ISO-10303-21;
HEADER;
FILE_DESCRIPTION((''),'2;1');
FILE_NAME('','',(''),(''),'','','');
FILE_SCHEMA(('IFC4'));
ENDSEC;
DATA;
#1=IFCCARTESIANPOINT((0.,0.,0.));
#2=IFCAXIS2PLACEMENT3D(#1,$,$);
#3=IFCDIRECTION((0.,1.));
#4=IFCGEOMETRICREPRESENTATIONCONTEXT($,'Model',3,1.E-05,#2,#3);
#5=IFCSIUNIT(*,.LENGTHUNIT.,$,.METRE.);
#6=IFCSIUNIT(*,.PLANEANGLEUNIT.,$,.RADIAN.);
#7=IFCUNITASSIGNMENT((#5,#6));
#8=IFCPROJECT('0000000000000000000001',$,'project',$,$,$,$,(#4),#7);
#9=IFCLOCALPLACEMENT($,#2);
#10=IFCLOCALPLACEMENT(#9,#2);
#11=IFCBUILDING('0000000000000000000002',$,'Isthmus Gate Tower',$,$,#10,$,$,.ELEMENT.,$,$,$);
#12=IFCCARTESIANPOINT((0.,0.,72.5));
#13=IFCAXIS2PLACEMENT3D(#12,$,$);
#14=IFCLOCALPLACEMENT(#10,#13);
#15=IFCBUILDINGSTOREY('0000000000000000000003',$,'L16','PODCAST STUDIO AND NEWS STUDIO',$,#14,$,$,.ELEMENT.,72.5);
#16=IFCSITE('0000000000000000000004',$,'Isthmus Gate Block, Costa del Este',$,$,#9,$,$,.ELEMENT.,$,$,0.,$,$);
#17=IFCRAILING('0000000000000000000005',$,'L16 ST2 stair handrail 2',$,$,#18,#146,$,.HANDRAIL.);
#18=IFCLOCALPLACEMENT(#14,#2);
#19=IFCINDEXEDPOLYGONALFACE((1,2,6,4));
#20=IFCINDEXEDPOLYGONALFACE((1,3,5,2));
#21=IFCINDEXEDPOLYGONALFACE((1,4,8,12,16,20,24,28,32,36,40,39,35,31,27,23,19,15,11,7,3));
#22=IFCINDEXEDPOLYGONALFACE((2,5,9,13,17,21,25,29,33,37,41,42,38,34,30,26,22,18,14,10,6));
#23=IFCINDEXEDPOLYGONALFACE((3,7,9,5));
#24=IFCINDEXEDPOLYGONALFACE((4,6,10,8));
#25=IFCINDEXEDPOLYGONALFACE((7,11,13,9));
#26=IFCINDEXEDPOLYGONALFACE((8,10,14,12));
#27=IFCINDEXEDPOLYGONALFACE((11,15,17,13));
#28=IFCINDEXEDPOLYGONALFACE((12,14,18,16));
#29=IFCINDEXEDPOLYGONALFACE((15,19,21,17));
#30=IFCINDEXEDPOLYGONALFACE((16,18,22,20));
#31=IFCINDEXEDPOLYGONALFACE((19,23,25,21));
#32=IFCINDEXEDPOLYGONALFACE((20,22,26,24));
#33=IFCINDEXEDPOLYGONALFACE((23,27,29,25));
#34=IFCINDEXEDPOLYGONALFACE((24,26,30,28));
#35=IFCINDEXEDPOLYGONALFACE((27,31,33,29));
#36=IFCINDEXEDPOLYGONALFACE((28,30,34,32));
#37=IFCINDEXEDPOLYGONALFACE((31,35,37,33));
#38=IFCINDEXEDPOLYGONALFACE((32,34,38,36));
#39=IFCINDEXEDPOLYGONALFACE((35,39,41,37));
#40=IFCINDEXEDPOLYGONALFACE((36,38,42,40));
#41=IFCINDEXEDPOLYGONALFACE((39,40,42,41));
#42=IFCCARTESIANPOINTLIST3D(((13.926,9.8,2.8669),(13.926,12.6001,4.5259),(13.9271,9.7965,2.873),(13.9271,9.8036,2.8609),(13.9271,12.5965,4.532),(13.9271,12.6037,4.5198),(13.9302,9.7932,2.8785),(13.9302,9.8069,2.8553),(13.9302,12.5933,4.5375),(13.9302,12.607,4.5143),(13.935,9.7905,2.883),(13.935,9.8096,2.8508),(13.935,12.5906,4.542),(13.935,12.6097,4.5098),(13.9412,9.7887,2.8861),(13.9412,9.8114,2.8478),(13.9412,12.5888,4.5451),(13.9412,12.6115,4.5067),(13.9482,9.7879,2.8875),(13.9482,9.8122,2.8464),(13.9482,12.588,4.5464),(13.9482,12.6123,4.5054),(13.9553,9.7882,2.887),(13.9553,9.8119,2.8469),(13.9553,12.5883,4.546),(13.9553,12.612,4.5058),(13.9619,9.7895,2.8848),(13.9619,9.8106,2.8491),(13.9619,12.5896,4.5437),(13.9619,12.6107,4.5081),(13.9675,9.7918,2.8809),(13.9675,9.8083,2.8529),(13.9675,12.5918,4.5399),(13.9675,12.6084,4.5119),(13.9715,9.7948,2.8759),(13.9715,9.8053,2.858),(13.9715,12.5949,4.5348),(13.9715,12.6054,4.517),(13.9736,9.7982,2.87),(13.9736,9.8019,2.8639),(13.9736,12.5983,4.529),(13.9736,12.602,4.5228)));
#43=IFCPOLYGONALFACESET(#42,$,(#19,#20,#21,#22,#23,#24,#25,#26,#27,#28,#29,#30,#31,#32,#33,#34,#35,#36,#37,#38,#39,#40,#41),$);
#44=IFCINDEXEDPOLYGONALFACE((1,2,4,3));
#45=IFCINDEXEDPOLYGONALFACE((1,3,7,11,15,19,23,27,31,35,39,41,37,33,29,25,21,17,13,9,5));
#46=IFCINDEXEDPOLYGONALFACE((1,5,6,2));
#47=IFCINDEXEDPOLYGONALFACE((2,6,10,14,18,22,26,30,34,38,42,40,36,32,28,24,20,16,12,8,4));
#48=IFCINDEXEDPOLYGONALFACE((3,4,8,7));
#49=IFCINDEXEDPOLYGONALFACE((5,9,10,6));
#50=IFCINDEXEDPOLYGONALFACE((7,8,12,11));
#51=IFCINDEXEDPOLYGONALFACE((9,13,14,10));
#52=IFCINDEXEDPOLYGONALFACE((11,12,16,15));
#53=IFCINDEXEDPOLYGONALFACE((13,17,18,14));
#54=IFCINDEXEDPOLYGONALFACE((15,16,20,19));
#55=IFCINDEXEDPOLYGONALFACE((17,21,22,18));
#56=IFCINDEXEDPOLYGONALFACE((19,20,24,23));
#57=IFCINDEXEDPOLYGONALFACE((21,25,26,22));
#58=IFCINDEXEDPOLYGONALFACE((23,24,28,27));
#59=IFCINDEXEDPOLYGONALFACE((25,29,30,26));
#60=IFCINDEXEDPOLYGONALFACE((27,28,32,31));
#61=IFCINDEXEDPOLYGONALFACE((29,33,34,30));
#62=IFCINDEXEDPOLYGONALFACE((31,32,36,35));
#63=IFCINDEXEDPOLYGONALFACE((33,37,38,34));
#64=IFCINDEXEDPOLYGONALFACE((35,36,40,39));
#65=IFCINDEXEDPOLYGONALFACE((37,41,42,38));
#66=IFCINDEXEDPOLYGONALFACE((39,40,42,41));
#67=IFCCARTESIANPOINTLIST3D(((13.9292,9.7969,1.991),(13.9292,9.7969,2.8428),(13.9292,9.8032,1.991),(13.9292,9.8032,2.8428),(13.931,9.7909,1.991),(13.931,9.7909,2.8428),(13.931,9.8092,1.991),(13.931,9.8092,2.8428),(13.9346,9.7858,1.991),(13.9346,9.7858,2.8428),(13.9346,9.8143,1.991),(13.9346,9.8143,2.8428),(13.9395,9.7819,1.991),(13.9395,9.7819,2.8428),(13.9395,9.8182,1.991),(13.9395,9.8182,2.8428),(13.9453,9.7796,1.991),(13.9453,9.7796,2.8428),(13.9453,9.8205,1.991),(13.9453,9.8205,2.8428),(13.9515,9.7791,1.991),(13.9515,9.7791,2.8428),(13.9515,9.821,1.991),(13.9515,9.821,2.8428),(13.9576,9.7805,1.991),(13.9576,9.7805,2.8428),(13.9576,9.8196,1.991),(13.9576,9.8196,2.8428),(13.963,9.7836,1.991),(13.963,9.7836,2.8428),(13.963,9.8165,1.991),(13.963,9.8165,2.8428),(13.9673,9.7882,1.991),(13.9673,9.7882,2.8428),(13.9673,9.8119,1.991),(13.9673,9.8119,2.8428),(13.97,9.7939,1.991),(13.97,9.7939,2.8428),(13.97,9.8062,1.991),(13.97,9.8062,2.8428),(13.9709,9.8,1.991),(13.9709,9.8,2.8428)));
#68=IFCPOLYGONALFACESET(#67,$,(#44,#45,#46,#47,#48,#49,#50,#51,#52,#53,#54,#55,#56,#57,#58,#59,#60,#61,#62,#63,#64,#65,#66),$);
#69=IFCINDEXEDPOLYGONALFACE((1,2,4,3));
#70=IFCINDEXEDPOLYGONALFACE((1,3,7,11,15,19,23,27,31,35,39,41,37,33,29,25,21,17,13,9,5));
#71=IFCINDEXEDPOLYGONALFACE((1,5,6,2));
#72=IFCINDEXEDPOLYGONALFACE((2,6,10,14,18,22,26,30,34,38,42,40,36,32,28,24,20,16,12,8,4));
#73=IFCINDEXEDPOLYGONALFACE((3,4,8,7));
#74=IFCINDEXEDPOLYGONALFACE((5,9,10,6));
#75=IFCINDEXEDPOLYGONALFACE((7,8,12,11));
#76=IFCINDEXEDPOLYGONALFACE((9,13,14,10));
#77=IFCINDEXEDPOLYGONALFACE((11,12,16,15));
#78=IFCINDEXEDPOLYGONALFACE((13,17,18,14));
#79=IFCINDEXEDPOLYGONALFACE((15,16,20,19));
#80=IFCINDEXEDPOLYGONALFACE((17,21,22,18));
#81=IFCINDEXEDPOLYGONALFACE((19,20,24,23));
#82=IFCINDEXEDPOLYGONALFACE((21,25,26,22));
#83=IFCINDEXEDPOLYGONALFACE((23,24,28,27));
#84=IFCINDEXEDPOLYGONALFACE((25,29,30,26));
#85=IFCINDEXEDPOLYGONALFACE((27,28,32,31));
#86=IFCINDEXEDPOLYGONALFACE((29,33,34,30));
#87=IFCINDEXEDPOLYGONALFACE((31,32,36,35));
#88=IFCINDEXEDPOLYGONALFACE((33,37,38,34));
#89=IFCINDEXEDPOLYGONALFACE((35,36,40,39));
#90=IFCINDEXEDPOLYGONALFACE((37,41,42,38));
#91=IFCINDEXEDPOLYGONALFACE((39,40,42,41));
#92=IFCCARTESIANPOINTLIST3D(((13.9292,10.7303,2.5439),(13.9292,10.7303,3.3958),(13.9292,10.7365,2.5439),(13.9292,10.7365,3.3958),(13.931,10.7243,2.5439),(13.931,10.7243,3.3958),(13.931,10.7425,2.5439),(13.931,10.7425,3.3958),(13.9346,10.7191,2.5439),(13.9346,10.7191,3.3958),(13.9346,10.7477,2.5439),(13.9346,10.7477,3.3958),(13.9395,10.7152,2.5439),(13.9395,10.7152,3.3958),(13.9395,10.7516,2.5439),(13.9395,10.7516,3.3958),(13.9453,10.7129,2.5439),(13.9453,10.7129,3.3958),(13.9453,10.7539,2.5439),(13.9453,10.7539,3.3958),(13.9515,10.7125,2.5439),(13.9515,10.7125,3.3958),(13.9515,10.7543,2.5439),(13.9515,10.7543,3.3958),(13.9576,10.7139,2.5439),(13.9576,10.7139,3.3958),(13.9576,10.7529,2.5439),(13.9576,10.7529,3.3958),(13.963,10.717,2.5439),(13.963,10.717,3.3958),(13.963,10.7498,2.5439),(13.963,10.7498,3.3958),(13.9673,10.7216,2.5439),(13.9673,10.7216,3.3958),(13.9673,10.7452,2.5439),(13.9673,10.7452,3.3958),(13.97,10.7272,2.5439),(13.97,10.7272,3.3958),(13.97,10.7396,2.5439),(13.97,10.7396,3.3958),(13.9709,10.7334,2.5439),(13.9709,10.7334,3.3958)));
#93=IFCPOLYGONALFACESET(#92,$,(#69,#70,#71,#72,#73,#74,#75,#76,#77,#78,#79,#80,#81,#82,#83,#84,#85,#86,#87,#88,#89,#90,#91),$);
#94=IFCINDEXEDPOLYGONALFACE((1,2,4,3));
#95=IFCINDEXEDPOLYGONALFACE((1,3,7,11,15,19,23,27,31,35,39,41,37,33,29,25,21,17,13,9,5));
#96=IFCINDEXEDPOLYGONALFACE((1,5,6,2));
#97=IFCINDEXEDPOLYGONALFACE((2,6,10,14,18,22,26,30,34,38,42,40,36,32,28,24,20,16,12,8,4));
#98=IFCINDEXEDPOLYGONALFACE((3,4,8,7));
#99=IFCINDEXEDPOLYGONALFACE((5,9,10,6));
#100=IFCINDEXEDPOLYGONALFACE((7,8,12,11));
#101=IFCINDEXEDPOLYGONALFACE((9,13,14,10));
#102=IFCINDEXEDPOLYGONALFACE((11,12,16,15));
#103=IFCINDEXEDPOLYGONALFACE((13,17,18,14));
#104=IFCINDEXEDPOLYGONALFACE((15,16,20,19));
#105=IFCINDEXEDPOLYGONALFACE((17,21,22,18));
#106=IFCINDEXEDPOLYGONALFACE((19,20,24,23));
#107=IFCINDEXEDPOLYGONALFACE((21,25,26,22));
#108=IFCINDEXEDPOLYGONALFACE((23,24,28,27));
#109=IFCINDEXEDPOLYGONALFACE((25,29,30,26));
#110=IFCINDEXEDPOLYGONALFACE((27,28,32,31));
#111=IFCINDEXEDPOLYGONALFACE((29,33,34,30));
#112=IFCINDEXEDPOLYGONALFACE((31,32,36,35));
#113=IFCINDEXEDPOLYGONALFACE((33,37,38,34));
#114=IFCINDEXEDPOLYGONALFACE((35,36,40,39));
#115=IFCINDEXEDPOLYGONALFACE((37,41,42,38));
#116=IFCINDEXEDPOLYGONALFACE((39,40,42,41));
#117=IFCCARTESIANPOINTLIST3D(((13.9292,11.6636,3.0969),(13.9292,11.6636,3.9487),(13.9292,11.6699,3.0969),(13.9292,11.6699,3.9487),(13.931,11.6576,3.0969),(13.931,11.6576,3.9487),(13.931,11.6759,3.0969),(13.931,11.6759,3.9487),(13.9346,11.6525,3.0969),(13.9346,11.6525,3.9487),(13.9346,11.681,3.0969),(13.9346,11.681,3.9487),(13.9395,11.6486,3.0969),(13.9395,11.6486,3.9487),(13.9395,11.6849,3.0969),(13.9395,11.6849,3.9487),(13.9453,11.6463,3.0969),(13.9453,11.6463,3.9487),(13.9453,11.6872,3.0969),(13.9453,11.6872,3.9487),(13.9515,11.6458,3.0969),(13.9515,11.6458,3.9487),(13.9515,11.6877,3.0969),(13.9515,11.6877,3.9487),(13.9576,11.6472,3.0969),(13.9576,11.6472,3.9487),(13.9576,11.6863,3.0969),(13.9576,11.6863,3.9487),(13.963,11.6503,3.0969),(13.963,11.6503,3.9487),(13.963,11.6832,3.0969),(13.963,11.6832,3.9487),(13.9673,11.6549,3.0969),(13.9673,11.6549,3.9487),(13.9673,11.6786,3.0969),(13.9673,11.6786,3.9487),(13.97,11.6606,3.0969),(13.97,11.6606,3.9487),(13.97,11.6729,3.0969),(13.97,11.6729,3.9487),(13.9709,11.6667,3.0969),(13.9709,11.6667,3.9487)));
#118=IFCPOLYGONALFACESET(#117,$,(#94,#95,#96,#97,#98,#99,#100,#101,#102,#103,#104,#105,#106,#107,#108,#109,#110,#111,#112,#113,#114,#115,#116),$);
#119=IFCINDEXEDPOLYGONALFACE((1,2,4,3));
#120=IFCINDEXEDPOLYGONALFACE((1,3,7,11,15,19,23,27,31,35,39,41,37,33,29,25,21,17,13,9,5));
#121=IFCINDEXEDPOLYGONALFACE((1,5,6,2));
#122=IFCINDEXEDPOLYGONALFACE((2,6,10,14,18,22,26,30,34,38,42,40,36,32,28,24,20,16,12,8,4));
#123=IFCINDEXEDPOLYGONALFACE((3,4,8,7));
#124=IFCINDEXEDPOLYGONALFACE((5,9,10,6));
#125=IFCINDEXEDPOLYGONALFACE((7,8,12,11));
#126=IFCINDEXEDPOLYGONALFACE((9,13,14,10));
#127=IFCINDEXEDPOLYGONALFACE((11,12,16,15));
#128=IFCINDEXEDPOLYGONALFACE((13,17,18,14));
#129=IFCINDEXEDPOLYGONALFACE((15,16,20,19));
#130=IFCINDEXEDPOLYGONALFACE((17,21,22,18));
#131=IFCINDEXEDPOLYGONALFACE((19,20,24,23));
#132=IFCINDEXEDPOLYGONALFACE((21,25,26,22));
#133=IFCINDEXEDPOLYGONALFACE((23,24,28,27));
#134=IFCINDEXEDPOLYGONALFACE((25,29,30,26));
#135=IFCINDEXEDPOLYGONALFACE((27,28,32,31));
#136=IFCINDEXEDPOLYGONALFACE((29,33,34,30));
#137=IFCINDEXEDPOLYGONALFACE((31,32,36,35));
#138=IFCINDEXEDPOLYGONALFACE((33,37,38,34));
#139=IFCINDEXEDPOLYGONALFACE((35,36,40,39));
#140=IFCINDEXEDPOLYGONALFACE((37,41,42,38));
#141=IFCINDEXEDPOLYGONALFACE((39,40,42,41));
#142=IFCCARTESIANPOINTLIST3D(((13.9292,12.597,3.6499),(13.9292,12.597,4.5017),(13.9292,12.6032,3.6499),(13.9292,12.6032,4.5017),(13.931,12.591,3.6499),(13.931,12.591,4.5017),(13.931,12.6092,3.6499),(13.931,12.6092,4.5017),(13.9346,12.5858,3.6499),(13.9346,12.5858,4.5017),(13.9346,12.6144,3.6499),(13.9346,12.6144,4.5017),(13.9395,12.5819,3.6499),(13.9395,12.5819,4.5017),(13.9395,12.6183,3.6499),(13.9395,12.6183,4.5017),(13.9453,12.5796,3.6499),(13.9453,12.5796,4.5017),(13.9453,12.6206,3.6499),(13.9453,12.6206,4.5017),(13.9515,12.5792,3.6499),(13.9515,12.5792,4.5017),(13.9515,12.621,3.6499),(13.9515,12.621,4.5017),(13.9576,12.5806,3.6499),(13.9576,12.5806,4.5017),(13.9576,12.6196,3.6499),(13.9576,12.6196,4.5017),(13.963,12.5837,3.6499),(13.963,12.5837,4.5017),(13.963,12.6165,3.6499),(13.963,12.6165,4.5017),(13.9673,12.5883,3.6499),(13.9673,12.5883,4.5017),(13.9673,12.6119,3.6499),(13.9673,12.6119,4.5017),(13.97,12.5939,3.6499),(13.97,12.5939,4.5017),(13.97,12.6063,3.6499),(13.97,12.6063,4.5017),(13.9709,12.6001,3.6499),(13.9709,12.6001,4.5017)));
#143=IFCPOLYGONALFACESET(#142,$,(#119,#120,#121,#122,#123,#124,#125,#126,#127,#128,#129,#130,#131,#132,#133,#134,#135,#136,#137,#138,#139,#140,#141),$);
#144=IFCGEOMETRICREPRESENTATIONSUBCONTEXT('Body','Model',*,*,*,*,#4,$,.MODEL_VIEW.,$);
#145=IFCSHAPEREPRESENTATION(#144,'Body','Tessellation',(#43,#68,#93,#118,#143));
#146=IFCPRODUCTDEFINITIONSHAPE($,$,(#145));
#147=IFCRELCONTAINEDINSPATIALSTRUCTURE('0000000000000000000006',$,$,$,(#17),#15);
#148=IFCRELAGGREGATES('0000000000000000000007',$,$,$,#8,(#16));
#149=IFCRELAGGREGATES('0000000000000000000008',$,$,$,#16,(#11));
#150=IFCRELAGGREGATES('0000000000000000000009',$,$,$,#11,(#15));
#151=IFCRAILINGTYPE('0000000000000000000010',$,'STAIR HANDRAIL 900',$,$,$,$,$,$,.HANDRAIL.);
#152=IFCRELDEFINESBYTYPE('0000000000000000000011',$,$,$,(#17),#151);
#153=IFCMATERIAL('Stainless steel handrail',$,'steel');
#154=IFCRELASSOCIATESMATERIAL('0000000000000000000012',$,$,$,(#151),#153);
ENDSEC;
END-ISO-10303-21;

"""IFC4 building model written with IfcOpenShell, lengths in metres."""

from ifc_helpers import new_model, si_unit, direction, frame, origin, origin_2d, place, context, subcontext, project, spatial, circle, extrude, material, type_object, element, save


model = new_model("IFC4")

# Units and contexts
model_context = context("Model", 3, precision=1e-05, world=origin(), true_north=direction((0.0, 1.0)))
body_context = subcontext(model_context, "Body", "Model", "MODEL_VIEW")
ifc_project = project(units=[si_unit("LENGTHUNIT", "METRE"), si_unit("PLANEANGLEUNIT", "RADIAN")], contexts=[model_context])

# Site, building, storey
site_placement = place(None, origin())
site = spatial("IfcSite", under=ifc_project, at=site_placement, Name="Isthmus Gate Block, Costa del Este", CompositionType="ELEMENT", RefElevation=0.0)
building_placement = place(site_placement, origin())
building = spatial("IfcBuilding", under=site, at=building_placement, Name="Isthmus Gate Tower", CompositionType="ELEMENT")
storey_placement = place(building_placement, frame((0.0, 0.0, 72.5)))
storey = spatial("IfcBuildingStorey", under=building, at=storey_placement, Name="L16", Description="PODCAST STUDIO AND NEWS STUDIO", CompositionType="ELEMENT", Elevation=72.5)

# Railing
ifc_material_1 = material(Name="Stainless steel handrail", Category="steel")
railing_type = type_object("IfcRailingType", Name="STAIR HANDRAIL 900", PredefinedType="HANDRAIL", material=ifc_material_1)
railing_placement = place(storey_placement, frame((13.95, 9.8, 1.991)))
element("IfcRailing", 1, at=railing_placement, inside=storey, type_object=railing_type, Name="L16 ST2 stair handrail 2", PredefinedType="HANDRAIL", context=body_context, shape_type="SweptSolid", body=[
    extrude(circle(Radius=0.0239, at=origin_2d()), frame((0.0, 0.0, 0.876), z_axis=(0.0, 0.860339, 0.509722), x_axis=(-1.0, 0.0, 0.0)), (0.0, 0.0, 1.0), 3.2546),
    extrude(circle(Radius=0.021, at=origin_2d()), origin(), (0.0, 0.0, 1.0), 0.8518),
    extrude(circle(Radius=0.021, at=origin_2d()), frame((0.0, 0.9333, 0.553)), (0.0, 0.0, 1.0), 0.8518),
    extrude(circle(Radius=0.021, at=origin_2d()), frame((0.0, 1.8667, 1.106)), (0.0, 0.0, 1.0), 0.8518),
    extrude(circle(Radius=0.021, at=origin_2d()), frame((0.0, 2.8, 1.6589)), (0.0, 0.0, 1.0), 0.8518),
])

save(model, "model.ifc")
